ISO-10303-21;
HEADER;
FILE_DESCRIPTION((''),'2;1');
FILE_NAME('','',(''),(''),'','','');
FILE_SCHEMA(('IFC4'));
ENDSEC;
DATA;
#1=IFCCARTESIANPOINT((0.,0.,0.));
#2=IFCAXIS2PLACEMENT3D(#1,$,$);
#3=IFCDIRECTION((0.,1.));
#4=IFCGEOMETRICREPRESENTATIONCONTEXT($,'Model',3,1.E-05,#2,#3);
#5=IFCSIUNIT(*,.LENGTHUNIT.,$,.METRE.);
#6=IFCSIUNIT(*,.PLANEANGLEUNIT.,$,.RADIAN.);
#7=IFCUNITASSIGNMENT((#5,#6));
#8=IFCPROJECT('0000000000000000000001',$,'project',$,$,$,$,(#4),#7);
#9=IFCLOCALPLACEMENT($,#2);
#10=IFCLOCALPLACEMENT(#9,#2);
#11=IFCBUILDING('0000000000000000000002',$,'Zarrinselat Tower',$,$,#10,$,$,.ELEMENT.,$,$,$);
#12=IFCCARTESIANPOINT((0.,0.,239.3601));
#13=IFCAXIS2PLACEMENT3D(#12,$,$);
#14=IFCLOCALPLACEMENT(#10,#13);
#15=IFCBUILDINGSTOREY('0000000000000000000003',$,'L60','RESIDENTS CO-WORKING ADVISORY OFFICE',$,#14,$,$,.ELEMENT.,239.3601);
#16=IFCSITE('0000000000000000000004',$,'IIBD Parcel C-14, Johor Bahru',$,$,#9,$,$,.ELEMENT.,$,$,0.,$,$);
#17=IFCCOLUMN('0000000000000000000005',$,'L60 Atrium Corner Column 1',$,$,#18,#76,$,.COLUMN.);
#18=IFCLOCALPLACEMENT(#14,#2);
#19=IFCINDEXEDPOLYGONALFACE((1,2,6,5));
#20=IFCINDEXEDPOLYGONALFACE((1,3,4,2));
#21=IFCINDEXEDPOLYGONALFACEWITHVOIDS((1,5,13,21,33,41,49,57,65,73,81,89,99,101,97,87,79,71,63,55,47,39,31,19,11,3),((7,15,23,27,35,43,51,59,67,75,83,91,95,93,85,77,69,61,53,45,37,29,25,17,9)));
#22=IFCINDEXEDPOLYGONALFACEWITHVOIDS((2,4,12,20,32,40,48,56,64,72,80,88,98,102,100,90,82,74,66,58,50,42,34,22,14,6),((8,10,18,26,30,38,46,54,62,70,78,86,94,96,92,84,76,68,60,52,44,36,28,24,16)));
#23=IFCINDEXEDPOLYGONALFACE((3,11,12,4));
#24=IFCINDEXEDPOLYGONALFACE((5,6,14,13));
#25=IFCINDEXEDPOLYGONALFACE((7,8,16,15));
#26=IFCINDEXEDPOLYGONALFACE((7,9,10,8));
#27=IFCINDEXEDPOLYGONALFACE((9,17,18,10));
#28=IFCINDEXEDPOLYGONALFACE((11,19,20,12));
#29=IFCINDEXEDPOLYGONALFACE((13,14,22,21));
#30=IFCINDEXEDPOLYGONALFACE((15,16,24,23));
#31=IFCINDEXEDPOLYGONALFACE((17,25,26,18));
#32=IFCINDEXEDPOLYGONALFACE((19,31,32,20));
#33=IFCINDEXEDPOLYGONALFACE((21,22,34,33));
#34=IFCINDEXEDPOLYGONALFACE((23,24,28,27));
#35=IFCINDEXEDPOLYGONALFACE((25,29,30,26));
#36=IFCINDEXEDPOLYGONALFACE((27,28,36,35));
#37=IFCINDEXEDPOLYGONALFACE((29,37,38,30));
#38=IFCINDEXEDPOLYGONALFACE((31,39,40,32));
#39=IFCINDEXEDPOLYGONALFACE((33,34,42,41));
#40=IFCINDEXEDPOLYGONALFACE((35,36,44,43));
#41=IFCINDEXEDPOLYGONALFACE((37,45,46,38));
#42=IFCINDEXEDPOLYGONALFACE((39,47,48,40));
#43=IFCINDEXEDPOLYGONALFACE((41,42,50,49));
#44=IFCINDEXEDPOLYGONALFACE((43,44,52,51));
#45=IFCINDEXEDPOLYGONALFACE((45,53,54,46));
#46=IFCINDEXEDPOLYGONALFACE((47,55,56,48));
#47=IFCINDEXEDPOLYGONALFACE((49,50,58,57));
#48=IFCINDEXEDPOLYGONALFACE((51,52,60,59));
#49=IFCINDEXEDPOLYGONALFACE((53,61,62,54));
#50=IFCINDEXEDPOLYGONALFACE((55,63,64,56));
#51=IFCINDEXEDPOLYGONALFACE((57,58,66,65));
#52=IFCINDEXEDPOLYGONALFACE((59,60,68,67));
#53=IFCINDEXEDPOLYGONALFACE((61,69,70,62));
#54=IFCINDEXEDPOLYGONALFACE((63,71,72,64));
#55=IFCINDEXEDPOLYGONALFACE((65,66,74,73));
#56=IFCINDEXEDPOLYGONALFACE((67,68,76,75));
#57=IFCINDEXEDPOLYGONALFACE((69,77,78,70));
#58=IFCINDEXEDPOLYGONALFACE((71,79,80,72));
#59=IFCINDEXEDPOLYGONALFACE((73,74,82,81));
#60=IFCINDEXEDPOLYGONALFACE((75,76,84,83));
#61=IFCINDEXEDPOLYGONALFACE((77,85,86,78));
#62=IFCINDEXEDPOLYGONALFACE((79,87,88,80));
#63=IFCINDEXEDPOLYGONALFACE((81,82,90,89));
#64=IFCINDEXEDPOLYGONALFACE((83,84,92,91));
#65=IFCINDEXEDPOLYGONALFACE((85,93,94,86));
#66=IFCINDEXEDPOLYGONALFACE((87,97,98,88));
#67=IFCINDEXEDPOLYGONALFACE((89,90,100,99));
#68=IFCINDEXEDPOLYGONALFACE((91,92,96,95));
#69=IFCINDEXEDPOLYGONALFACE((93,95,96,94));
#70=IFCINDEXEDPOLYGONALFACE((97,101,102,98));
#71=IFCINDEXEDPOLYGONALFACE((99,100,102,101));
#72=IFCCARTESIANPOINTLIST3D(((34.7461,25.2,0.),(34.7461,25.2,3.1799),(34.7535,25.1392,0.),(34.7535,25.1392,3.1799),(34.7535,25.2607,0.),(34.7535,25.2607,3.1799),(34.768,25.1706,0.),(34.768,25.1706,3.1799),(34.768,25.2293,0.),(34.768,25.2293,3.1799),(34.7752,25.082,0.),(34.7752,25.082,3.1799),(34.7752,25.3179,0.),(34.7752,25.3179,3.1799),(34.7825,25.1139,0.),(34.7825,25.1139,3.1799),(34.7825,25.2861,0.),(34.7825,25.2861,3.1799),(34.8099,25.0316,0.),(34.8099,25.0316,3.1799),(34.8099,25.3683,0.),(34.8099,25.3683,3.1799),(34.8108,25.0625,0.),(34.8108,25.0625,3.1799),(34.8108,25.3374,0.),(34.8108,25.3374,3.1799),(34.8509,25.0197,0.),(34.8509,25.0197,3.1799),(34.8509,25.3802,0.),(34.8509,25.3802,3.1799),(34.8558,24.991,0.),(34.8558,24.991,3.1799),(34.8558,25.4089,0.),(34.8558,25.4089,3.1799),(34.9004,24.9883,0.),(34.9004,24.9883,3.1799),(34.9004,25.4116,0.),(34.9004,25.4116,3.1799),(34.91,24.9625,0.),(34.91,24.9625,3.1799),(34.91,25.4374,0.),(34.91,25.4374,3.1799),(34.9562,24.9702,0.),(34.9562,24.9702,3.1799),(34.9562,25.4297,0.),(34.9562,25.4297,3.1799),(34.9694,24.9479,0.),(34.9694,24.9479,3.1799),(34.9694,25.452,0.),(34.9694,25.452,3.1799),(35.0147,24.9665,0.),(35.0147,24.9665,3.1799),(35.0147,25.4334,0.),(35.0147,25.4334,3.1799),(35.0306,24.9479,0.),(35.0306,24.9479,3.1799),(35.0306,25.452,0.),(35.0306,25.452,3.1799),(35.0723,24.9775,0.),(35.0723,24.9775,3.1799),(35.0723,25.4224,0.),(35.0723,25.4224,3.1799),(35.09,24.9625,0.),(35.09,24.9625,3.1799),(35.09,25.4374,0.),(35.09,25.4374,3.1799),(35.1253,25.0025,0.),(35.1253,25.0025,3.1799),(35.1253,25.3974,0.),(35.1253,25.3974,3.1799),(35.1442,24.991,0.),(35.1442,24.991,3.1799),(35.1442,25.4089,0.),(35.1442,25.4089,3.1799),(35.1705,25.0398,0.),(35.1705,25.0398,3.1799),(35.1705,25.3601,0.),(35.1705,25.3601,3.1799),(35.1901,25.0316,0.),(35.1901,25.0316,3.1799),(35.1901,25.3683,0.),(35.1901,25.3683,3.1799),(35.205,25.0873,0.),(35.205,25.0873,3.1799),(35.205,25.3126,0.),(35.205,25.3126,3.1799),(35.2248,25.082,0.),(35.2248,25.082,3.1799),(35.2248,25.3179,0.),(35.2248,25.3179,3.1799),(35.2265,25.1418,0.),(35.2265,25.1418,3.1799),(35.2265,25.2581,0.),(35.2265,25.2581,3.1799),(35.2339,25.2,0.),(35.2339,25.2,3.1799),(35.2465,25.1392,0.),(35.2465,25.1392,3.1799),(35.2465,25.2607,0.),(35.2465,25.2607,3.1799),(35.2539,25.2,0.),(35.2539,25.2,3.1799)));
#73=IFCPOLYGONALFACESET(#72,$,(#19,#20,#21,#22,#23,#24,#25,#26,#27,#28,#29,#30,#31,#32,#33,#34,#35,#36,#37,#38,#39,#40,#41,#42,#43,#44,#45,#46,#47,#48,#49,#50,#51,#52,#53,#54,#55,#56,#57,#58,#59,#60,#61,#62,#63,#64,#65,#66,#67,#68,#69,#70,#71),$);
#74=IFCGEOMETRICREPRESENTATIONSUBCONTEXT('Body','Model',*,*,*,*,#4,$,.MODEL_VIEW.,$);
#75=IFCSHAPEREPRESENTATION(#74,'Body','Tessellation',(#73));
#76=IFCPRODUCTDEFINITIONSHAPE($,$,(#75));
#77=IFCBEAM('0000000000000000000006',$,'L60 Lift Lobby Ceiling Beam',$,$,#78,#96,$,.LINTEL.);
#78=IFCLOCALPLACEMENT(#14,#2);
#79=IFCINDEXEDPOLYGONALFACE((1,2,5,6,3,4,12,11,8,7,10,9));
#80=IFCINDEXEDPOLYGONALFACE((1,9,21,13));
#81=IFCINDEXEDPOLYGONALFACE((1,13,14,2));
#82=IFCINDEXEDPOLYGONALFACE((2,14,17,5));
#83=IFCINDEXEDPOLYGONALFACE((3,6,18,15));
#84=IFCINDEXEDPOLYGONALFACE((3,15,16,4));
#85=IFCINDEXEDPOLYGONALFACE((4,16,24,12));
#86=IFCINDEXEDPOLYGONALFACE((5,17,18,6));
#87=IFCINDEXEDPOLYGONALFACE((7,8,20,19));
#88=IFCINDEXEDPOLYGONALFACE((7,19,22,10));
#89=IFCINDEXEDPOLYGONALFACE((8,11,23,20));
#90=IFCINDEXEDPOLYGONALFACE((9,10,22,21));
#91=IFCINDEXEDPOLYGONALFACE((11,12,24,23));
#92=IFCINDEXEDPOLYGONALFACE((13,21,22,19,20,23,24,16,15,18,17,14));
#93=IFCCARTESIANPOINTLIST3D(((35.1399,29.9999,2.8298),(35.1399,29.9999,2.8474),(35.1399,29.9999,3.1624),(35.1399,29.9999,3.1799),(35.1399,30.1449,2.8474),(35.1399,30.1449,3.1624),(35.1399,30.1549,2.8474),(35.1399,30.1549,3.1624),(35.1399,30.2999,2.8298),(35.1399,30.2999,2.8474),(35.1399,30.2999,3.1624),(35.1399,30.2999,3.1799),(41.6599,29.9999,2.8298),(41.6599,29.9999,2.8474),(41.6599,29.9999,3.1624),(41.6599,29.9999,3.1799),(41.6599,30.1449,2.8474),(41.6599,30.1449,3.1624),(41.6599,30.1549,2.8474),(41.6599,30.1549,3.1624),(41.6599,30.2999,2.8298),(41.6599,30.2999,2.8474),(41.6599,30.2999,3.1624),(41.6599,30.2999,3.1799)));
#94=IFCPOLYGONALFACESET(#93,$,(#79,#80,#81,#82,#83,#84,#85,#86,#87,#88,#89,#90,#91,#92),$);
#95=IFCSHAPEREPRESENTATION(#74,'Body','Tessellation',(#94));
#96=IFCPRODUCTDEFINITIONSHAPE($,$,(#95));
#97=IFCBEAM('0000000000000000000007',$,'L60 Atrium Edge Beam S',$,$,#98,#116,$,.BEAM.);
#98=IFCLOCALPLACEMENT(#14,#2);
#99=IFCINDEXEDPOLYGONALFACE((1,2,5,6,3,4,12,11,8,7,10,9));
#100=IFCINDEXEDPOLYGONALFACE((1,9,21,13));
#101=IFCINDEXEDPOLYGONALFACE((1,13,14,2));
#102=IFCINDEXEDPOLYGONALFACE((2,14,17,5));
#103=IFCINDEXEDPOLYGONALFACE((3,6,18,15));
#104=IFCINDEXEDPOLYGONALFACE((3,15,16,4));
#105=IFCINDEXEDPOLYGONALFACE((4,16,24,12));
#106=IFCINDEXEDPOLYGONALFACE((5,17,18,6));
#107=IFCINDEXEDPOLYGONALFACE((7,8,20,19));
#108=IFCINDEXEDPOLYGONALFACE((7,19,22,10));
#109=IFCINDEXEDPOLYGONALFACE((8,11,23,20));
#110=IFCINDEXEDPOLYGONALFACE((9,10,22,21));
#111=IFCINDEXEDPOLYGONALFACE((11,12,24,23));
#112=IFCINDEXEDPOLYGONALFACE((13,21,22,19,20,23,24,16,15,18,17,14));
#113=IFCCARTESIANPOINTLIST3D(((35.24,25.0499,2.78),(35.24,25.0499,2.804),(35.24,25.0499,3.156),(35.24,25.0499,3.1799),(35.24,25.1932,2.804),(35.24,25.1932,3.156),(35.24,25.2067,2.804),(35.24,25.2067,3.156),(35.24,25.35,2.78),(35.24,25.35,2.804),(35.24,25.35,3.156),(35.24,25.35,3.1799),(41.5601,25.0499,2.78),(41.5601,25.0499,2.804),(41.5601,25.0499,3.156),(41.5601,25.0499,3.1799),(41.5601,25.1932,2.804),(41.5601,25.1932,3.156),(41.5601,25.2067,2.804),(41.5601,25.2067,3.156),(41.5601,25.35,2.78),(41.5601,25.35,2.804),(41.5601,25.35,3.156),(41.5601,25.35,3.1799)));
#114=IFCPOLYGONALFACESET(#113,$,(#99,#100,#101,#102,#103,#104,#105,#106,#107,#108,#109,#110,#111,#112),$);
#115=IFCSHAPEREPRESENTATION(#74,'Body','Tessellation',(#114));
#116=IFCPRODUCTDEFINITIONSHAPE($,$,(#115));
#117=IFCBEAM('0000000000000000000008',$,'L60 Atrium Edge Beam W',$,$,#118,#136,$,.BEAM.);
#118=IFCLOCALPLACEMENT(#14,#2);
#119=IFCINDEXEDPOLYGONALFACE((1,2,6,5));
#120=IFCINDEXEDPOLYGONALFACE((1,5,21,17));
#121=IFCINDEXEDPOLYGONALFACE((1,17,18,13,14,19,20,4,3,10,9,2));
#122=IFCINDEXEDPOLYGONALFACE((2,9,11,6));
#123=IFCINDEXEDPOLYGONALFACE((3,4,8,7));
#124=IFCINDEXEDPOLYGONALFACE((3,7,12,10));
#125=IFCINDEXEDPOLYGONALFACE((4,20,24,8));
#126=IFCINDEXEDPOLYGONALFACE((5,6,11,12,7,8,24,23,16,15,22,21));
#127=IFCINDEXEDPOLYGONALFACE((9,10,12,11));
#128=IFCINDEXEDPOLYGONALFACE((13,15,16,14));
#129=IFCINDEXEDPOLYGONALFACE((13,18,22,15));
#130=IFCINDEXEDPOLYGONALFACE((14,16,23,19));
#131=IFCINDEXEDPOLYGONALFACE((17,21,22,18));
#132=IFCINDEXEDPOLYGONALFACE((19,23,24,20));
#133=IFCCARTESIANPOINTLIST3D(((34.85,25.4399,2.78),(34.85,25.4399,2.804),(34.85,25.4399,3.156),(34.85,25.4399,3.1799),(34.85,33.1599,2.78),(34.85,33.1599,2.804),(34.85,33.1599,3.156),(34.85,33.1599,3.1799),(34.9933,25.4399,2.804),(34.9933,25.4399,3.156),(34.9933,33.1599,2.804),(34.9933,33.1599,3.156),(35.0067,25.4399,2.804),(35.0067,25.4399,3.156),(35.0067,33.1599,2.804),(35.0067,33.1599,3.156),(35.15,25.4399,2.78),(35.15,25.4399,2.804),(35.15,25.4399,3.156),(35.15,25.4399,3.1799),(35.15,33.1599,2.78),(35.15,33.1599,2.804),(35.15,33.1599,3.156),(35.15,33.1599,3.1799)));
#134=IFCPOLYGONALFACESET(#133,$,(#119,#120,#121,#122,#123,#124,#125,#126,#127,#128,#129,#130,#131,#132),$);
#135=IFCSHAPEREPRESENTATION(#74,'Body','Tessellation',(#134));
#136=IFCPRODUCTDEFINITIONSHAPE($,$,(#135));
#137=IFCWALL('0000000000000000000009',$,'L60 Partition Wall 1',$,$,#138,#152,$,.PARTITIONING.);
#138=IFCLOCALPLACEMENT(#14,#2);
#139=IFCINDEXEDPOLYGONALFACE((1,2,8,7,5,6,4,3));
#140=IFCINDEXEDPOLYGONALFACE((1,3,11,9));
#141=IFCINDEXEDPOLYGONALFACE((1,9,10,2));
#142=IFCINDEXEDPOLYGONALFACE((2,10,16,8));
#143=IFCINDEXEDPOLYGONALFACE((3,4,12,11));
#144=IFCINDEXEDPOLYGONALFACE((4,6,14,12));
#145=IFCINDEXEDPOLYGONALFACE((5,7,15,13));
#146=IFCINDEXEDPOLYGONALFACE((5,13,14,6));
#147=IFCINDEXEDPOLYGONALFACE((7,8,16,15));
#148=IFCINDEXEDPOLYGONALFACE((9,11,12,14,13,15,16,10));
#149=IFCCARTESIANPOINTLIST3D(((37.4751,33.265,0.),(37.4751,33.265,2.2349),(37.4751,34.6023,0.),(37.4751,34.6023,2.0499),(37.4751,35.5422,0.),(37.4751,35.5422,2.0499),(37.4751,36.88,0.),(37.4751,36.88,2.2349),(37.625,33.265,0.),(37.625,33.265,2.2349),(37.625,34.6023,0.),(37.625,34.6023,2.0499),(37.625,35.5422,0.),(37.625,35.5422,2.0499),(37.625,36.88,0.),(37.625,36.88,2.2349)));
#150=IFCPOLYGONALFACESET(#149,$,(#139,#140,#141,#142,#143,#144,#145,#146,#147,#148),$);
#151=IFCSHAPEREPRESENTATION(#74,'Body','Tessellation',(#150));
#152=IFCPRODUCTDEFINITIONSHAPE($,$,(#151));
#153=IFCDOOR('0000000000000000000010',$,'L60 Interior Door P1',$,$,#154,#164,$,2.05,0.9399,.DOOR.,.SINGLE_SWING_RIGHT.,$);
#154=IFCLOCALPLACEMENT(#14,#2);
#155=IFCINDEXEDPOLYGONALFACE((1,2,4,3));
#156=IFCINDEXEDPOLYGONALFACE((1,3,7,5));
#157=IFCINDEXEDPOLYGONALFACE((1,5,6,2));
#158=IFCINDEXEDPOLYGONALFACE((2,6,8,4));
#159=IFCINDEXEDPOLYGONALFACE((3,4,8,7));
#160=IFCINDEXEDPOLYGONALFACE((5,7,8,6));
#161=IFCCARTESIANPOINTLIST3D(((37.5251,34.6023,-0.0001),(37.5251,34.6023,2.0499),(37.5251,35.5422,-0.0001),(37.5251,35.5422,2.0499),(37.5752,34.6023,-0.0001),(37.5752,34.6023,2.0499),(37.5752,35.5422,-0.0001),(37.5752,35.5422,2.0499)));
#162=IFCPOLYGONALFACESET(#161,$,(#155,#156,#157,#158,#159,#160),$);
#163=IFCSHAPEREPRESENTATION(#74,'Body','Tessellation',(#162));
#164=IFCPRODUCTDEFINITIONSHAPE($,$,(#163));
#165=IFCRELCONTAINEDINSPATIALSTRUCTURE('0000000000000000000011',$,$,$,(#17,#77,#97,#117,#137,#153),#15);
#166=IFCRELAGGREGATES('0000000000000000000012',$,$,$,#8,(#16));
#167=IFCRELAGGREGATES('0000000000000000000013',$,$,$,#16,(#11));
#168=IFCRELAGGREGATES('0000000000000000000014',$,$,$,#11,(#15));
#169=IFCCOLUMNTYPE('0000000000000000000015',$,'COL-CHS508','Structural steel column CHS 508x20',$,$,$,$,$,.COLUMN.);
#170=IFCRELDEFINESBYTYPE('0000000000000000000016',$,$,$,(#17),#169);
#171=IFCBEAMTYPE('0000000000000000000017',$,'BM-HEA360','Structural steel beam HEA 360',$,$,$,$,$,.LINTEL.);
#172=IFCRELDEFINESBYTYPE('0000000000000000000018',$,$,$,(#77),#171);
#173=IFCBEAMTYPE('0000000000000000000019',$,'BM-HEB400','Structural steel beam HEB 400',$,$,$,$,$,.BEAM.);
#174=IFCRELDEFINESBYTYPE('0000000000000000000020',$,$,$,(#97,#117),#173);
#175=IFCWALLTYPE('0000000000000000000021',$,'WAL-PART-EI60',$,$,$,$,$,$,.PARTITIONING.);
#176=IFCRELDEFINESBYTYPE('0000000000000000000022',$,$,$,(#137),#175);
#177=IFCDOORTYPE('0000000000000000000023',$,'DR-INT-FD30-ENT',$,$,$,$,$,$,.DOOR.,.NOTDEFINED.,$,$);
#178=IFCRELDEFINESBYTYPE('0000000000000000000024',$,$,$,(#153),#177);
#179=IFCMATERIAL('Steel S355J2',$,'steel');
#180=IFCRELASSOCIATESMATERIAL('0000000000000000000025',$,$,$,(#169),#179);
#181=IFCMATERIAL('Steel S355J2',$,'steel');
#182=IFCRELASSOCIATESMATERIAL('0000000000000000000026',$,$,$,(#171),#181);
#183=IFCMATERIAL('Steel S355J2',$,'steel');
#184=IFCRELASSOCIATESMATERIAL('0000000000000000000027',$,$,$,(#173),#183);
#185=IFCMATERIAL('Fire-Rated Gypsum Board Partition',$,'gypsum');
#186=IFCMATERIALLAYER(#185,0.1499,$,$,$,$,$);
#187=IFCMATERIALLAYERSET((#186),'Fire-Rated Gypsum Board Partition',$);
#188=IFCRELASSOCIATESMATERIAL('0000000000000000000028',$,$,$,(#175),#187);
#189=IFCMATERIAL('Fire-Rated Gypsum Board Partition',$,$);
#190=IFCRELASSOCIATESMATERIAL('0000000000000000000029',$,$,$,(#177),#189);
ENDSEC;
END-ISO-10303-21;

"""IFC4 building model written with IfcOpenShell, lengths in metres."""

from ifc_helpers import new_model, si_unit, direction, frame, frame_2d, origin, origin_2d, place, context, subcontext, project, spatial, rectangle, hollow_circle, i_section, extrude, material, layer, layer_set, material_profile, profile_set, type_object, element, fill, save


model = new_model("IFC4")

# Units and contexts
model_context = context("Model", 3, precision=1e-05, world=origin(), true_north=direction((0.0, 1.0)))
body_context = subcontext(model_context, "Body", "Model", "MODEL_VIEW")
ifc_project = project(units=[si_unit("LENGTHUNIT", "METRE"), si_unit("PLANEANGLEUNIT", "RADIAN")], contexts=[model_context])

# Site, building, storey
site_placement = place(None, origin())
site = spatial("IfcSite", under=ifc_project, at=site_placement, Name="IIBD Parcel C-14, Johor Bahru", CompositionType="ELEMENT", RefElevation=0.0)
building_placement = place(site_placement, origin())
building = spatial("IfcBuilding", under=site, at=building_placement, Name="Zarrinselat Tower", CompositionType="ELEMENT")
storey_placement = place(building_placement, frame((0.0, 0.0, 239.3601)))
storey = spatial("IfcBuildingStorey", under=building, at=storey_placement, Name="L60", Description="RESIDENTS CO-WORKING ADVISORY OFFICE", CompositionType="ELEMENT", Elevation=239.3601)

# Column
ifc_material_1 = material(Name="Steel S355J2", Category="steel")
ifc_material_profile_1 = material_profile(ifc_material_1, hollow_circle(Radius=0.2539, WallThickness=0.02, at=origin_2d()), Name="CHS 508x20")
ifc_profile_set_1 = profile_set([ifc_material_profile_1], Name="Steel S355J2")
column_type = type_object("IfcColumnType", Name="COL-CHS508", Description="Structural steel column CHS 508x20", PredefinedType="COLUMN", material=ifc_profile_set_1)
column_placement = place(storey_placement, frame((35.0, 25.2, 0.0), z_axis=(0.0, 0.0, 1.0), x_axis=(1.0, 0.0, 0.0)))
element("IfcColumn", 1, at=column_placement, inside=storey, type_object=column_type, Name="L60 Atrium Corner Column 1", PredefinedType="COLUMN", context=body_context, shape_type="SweptSolid", body=[
    extrude(hollow_circle(Radius=0.2539, WallThickness=0.02, at=origin_2d()), origin(), (0.0, 0.0, 1.0), 3.1799),
])

# Beams
ifc_material_2 = material(Name="Steel S355J2", Category="steel")
ifc_material_profile_2 = material_profile(ifc_material_2, i_section(OverallWidth=0.3, OverallDepth=0.3501, WebThickness=0.01, FlangeThickness=0.0176, at=origin_2d()), Name="HEA 360")
ifc_profile_set_2 = profile_set([ifc_material_profile_2], Name="Steel S355J2")
beam_type_1 = type_object("IfcBeamType", Name="BM-HEA360", Description="Structural steel beam HEA 360", PredefinedType="LINTEL", material=ifc_profile_set_2)
beam_1_placement = place(storey_placement, frame((35.1399, 30.1499, 3.0049), z_axis=(1.0, 0.0, 0.0), x_axis=(0.0, 1.0, 0.0)))
element("IfcBeam", 2, at=beam_1_placement, inside=storey, type_object=beam_type_1, Name="L60 Lift Lobby Ceiling Beam", PredefinedType="LINTEL", context=body_context, shape_type="SweptSolid", body=[
    extrude(i_section(OverallWidth=0.3, OverallDepth=0.3501, WebThickness=0.01, FlangeThickness=0.0176, at=origin_2d()), origin(), (0.0, 0.0, 1.0), 6.52),
])
ifc_material_3 = material(Name="Steel S355J2", Category="steel")
ifc_material_profile_3 = material_profile(ifc_material_3, i_section(OverallWidth=0.3, OverallDepth=0.3999, WebThickness=0.0134, FlangeThickness=0.0239, at=origin_2d()), Name="HEB 400")
ifc_profile_set_3 = profile_set([ifc_material_profile_3], Name="Steel S355J2")
beam_type_2 = type_object("IfcBeamType", Name="BM-HEB400", Description="Structural steel beam HEB 400", PredefinedType="BEAM", material=ifc_profile_set_3)
beam_2_placement = place(storey_placement, frame((35.24, 25.2, 2.98), z_axis=(1.0, 0.0, 0.0), x_axis=(0.0, 1.0, 0.0)))
element("IfcBeam", 3, at=beam_2_placement, inside=storey, type_object=beam_type_2, Name="L60 Atrium Edge Beam S", PredefinedType="BEAM", context=body_context, shape_type="SweptSolid", body=[
    extrude(i_section(OverallWidth=0.3, OverallDepth=0.3999, WebThickness=0.0134, FlangeThickness=0.0239, at=origin_2d()), origin(), (0.0, 0.0, 1.0), 6.3201),
])
beam_3_placement = place(storey_placement, frame((35.0, 25.4399, 2.98), z_axis=(0.0, 1.0, 0.0), x_axis=(-1.0, 0.0, 0.0)))
element("IfcBeam", 4, at=beam_3_placement, inside=storey, type_object=beam_type_2, Name="L60 Atrium Edge Beam W", PredefinedType="BEAM", context=body_context, shape_type="SweptSolid", body=[
    extrude(i_section(OverallWidth=0.3, OverallDepth=0.3999, WebThickness=0.0134, FlangeThickness=0.0239, at=origin_2d()), origin(), (0.0, 0.0, 1.0), 7.72),
])

# Wall, opening, door
ifc_material_4 = material(Name="Fire-Rated Gypsum Board Partition", Category="gypsum")
ifc_layer_1 = layer(ifc_material_4, 0.1499)
ifc_layer_set_1 = layer_set([ifc_layer_1], Name="Fire-Rated Gypsum Board Partition")
wall_type_1 = type_object("IfcWallType", Name="WAL-PART-EI60", PredefinedType="PARTITIONING", material=ifc_layer_set_1)
wall_1_placement = place(storey_placement, frame((37.55, 33.2649, 0.0), z_axis=(0.0, 0.0, 1.0), x_axis=(0.0, 1.0, 0.0)))
wall_1 = element("IfcWall", 5, at=wall_1_placement, inside=storey, type_object=wall_type_1, Name="L60 Partition Wall 1", PredefinedType="PARTITIONING", context=body_context, shape_type="SweptSolid", body=[
    extrude(rectangle(XDim=3.615, YDim=0.1499, at=frame_2d((1.8076, 0.0))), origin(), (0.0, 0.0, 1.0), 2.2349),
])
opening_1_placement = place(wall_1_placement, frame((1.3374, 0.0, 0.0)))
opening_1 = element("IfcOpeningElement", 6, at=opening_1_placement, cuts=wall_1, PredefinedType="OPENING", context=body_context, shape_type="SweptSolid", body=[
    extrude(rectangle(XDim=0.9399, YDim=2.05, at=frame_2d((0.47, 1.0249))), frame((0.0, 0.085, 0.0), z_axis=(0.0, -1.0, 0.0), x_axis=(1.0, 0.0, 0.0)), (0.0, 0.0, 1.0), 0.1699),
])
ifc_material_5 = material(Name="Fire-Rated Gypsum Board Partition")
door_type_1 = type_object("IfcDoorType", Name="DR-INT-FD30-ENT", OperationType="NOTDEFINED", PredefinedType="DOOR", material=ifc_material_5)
door_1_placement = place(opening_1_placement, origin())
door_1 = element("IfcDoor", 7, at=door_1_placement, inside=storey, type_object=door_type_1, Name="L60 Interior Door P1", OperationType="SINGLE_SWING_RIGHT", OverallHeight=2.05, OverallWidth=0.9399, PredefinedType="DOOR", context=body_context, shape_type="SweptSolid", body=[
    extrude(rectangle(XDim=0.9399, YDim=2.05, at=frame_2d((0.47, 1.0249))), frame((0.0, 0.0249, 0.0), z_axis=(0.0, -1.0, 0.0), x_axis=(1.0, 0.0, 0.0)), (0.0, 0.0, 1.0), 0.05),
])
fill(opening_1, door_1)

save(model, "model.ifc")
